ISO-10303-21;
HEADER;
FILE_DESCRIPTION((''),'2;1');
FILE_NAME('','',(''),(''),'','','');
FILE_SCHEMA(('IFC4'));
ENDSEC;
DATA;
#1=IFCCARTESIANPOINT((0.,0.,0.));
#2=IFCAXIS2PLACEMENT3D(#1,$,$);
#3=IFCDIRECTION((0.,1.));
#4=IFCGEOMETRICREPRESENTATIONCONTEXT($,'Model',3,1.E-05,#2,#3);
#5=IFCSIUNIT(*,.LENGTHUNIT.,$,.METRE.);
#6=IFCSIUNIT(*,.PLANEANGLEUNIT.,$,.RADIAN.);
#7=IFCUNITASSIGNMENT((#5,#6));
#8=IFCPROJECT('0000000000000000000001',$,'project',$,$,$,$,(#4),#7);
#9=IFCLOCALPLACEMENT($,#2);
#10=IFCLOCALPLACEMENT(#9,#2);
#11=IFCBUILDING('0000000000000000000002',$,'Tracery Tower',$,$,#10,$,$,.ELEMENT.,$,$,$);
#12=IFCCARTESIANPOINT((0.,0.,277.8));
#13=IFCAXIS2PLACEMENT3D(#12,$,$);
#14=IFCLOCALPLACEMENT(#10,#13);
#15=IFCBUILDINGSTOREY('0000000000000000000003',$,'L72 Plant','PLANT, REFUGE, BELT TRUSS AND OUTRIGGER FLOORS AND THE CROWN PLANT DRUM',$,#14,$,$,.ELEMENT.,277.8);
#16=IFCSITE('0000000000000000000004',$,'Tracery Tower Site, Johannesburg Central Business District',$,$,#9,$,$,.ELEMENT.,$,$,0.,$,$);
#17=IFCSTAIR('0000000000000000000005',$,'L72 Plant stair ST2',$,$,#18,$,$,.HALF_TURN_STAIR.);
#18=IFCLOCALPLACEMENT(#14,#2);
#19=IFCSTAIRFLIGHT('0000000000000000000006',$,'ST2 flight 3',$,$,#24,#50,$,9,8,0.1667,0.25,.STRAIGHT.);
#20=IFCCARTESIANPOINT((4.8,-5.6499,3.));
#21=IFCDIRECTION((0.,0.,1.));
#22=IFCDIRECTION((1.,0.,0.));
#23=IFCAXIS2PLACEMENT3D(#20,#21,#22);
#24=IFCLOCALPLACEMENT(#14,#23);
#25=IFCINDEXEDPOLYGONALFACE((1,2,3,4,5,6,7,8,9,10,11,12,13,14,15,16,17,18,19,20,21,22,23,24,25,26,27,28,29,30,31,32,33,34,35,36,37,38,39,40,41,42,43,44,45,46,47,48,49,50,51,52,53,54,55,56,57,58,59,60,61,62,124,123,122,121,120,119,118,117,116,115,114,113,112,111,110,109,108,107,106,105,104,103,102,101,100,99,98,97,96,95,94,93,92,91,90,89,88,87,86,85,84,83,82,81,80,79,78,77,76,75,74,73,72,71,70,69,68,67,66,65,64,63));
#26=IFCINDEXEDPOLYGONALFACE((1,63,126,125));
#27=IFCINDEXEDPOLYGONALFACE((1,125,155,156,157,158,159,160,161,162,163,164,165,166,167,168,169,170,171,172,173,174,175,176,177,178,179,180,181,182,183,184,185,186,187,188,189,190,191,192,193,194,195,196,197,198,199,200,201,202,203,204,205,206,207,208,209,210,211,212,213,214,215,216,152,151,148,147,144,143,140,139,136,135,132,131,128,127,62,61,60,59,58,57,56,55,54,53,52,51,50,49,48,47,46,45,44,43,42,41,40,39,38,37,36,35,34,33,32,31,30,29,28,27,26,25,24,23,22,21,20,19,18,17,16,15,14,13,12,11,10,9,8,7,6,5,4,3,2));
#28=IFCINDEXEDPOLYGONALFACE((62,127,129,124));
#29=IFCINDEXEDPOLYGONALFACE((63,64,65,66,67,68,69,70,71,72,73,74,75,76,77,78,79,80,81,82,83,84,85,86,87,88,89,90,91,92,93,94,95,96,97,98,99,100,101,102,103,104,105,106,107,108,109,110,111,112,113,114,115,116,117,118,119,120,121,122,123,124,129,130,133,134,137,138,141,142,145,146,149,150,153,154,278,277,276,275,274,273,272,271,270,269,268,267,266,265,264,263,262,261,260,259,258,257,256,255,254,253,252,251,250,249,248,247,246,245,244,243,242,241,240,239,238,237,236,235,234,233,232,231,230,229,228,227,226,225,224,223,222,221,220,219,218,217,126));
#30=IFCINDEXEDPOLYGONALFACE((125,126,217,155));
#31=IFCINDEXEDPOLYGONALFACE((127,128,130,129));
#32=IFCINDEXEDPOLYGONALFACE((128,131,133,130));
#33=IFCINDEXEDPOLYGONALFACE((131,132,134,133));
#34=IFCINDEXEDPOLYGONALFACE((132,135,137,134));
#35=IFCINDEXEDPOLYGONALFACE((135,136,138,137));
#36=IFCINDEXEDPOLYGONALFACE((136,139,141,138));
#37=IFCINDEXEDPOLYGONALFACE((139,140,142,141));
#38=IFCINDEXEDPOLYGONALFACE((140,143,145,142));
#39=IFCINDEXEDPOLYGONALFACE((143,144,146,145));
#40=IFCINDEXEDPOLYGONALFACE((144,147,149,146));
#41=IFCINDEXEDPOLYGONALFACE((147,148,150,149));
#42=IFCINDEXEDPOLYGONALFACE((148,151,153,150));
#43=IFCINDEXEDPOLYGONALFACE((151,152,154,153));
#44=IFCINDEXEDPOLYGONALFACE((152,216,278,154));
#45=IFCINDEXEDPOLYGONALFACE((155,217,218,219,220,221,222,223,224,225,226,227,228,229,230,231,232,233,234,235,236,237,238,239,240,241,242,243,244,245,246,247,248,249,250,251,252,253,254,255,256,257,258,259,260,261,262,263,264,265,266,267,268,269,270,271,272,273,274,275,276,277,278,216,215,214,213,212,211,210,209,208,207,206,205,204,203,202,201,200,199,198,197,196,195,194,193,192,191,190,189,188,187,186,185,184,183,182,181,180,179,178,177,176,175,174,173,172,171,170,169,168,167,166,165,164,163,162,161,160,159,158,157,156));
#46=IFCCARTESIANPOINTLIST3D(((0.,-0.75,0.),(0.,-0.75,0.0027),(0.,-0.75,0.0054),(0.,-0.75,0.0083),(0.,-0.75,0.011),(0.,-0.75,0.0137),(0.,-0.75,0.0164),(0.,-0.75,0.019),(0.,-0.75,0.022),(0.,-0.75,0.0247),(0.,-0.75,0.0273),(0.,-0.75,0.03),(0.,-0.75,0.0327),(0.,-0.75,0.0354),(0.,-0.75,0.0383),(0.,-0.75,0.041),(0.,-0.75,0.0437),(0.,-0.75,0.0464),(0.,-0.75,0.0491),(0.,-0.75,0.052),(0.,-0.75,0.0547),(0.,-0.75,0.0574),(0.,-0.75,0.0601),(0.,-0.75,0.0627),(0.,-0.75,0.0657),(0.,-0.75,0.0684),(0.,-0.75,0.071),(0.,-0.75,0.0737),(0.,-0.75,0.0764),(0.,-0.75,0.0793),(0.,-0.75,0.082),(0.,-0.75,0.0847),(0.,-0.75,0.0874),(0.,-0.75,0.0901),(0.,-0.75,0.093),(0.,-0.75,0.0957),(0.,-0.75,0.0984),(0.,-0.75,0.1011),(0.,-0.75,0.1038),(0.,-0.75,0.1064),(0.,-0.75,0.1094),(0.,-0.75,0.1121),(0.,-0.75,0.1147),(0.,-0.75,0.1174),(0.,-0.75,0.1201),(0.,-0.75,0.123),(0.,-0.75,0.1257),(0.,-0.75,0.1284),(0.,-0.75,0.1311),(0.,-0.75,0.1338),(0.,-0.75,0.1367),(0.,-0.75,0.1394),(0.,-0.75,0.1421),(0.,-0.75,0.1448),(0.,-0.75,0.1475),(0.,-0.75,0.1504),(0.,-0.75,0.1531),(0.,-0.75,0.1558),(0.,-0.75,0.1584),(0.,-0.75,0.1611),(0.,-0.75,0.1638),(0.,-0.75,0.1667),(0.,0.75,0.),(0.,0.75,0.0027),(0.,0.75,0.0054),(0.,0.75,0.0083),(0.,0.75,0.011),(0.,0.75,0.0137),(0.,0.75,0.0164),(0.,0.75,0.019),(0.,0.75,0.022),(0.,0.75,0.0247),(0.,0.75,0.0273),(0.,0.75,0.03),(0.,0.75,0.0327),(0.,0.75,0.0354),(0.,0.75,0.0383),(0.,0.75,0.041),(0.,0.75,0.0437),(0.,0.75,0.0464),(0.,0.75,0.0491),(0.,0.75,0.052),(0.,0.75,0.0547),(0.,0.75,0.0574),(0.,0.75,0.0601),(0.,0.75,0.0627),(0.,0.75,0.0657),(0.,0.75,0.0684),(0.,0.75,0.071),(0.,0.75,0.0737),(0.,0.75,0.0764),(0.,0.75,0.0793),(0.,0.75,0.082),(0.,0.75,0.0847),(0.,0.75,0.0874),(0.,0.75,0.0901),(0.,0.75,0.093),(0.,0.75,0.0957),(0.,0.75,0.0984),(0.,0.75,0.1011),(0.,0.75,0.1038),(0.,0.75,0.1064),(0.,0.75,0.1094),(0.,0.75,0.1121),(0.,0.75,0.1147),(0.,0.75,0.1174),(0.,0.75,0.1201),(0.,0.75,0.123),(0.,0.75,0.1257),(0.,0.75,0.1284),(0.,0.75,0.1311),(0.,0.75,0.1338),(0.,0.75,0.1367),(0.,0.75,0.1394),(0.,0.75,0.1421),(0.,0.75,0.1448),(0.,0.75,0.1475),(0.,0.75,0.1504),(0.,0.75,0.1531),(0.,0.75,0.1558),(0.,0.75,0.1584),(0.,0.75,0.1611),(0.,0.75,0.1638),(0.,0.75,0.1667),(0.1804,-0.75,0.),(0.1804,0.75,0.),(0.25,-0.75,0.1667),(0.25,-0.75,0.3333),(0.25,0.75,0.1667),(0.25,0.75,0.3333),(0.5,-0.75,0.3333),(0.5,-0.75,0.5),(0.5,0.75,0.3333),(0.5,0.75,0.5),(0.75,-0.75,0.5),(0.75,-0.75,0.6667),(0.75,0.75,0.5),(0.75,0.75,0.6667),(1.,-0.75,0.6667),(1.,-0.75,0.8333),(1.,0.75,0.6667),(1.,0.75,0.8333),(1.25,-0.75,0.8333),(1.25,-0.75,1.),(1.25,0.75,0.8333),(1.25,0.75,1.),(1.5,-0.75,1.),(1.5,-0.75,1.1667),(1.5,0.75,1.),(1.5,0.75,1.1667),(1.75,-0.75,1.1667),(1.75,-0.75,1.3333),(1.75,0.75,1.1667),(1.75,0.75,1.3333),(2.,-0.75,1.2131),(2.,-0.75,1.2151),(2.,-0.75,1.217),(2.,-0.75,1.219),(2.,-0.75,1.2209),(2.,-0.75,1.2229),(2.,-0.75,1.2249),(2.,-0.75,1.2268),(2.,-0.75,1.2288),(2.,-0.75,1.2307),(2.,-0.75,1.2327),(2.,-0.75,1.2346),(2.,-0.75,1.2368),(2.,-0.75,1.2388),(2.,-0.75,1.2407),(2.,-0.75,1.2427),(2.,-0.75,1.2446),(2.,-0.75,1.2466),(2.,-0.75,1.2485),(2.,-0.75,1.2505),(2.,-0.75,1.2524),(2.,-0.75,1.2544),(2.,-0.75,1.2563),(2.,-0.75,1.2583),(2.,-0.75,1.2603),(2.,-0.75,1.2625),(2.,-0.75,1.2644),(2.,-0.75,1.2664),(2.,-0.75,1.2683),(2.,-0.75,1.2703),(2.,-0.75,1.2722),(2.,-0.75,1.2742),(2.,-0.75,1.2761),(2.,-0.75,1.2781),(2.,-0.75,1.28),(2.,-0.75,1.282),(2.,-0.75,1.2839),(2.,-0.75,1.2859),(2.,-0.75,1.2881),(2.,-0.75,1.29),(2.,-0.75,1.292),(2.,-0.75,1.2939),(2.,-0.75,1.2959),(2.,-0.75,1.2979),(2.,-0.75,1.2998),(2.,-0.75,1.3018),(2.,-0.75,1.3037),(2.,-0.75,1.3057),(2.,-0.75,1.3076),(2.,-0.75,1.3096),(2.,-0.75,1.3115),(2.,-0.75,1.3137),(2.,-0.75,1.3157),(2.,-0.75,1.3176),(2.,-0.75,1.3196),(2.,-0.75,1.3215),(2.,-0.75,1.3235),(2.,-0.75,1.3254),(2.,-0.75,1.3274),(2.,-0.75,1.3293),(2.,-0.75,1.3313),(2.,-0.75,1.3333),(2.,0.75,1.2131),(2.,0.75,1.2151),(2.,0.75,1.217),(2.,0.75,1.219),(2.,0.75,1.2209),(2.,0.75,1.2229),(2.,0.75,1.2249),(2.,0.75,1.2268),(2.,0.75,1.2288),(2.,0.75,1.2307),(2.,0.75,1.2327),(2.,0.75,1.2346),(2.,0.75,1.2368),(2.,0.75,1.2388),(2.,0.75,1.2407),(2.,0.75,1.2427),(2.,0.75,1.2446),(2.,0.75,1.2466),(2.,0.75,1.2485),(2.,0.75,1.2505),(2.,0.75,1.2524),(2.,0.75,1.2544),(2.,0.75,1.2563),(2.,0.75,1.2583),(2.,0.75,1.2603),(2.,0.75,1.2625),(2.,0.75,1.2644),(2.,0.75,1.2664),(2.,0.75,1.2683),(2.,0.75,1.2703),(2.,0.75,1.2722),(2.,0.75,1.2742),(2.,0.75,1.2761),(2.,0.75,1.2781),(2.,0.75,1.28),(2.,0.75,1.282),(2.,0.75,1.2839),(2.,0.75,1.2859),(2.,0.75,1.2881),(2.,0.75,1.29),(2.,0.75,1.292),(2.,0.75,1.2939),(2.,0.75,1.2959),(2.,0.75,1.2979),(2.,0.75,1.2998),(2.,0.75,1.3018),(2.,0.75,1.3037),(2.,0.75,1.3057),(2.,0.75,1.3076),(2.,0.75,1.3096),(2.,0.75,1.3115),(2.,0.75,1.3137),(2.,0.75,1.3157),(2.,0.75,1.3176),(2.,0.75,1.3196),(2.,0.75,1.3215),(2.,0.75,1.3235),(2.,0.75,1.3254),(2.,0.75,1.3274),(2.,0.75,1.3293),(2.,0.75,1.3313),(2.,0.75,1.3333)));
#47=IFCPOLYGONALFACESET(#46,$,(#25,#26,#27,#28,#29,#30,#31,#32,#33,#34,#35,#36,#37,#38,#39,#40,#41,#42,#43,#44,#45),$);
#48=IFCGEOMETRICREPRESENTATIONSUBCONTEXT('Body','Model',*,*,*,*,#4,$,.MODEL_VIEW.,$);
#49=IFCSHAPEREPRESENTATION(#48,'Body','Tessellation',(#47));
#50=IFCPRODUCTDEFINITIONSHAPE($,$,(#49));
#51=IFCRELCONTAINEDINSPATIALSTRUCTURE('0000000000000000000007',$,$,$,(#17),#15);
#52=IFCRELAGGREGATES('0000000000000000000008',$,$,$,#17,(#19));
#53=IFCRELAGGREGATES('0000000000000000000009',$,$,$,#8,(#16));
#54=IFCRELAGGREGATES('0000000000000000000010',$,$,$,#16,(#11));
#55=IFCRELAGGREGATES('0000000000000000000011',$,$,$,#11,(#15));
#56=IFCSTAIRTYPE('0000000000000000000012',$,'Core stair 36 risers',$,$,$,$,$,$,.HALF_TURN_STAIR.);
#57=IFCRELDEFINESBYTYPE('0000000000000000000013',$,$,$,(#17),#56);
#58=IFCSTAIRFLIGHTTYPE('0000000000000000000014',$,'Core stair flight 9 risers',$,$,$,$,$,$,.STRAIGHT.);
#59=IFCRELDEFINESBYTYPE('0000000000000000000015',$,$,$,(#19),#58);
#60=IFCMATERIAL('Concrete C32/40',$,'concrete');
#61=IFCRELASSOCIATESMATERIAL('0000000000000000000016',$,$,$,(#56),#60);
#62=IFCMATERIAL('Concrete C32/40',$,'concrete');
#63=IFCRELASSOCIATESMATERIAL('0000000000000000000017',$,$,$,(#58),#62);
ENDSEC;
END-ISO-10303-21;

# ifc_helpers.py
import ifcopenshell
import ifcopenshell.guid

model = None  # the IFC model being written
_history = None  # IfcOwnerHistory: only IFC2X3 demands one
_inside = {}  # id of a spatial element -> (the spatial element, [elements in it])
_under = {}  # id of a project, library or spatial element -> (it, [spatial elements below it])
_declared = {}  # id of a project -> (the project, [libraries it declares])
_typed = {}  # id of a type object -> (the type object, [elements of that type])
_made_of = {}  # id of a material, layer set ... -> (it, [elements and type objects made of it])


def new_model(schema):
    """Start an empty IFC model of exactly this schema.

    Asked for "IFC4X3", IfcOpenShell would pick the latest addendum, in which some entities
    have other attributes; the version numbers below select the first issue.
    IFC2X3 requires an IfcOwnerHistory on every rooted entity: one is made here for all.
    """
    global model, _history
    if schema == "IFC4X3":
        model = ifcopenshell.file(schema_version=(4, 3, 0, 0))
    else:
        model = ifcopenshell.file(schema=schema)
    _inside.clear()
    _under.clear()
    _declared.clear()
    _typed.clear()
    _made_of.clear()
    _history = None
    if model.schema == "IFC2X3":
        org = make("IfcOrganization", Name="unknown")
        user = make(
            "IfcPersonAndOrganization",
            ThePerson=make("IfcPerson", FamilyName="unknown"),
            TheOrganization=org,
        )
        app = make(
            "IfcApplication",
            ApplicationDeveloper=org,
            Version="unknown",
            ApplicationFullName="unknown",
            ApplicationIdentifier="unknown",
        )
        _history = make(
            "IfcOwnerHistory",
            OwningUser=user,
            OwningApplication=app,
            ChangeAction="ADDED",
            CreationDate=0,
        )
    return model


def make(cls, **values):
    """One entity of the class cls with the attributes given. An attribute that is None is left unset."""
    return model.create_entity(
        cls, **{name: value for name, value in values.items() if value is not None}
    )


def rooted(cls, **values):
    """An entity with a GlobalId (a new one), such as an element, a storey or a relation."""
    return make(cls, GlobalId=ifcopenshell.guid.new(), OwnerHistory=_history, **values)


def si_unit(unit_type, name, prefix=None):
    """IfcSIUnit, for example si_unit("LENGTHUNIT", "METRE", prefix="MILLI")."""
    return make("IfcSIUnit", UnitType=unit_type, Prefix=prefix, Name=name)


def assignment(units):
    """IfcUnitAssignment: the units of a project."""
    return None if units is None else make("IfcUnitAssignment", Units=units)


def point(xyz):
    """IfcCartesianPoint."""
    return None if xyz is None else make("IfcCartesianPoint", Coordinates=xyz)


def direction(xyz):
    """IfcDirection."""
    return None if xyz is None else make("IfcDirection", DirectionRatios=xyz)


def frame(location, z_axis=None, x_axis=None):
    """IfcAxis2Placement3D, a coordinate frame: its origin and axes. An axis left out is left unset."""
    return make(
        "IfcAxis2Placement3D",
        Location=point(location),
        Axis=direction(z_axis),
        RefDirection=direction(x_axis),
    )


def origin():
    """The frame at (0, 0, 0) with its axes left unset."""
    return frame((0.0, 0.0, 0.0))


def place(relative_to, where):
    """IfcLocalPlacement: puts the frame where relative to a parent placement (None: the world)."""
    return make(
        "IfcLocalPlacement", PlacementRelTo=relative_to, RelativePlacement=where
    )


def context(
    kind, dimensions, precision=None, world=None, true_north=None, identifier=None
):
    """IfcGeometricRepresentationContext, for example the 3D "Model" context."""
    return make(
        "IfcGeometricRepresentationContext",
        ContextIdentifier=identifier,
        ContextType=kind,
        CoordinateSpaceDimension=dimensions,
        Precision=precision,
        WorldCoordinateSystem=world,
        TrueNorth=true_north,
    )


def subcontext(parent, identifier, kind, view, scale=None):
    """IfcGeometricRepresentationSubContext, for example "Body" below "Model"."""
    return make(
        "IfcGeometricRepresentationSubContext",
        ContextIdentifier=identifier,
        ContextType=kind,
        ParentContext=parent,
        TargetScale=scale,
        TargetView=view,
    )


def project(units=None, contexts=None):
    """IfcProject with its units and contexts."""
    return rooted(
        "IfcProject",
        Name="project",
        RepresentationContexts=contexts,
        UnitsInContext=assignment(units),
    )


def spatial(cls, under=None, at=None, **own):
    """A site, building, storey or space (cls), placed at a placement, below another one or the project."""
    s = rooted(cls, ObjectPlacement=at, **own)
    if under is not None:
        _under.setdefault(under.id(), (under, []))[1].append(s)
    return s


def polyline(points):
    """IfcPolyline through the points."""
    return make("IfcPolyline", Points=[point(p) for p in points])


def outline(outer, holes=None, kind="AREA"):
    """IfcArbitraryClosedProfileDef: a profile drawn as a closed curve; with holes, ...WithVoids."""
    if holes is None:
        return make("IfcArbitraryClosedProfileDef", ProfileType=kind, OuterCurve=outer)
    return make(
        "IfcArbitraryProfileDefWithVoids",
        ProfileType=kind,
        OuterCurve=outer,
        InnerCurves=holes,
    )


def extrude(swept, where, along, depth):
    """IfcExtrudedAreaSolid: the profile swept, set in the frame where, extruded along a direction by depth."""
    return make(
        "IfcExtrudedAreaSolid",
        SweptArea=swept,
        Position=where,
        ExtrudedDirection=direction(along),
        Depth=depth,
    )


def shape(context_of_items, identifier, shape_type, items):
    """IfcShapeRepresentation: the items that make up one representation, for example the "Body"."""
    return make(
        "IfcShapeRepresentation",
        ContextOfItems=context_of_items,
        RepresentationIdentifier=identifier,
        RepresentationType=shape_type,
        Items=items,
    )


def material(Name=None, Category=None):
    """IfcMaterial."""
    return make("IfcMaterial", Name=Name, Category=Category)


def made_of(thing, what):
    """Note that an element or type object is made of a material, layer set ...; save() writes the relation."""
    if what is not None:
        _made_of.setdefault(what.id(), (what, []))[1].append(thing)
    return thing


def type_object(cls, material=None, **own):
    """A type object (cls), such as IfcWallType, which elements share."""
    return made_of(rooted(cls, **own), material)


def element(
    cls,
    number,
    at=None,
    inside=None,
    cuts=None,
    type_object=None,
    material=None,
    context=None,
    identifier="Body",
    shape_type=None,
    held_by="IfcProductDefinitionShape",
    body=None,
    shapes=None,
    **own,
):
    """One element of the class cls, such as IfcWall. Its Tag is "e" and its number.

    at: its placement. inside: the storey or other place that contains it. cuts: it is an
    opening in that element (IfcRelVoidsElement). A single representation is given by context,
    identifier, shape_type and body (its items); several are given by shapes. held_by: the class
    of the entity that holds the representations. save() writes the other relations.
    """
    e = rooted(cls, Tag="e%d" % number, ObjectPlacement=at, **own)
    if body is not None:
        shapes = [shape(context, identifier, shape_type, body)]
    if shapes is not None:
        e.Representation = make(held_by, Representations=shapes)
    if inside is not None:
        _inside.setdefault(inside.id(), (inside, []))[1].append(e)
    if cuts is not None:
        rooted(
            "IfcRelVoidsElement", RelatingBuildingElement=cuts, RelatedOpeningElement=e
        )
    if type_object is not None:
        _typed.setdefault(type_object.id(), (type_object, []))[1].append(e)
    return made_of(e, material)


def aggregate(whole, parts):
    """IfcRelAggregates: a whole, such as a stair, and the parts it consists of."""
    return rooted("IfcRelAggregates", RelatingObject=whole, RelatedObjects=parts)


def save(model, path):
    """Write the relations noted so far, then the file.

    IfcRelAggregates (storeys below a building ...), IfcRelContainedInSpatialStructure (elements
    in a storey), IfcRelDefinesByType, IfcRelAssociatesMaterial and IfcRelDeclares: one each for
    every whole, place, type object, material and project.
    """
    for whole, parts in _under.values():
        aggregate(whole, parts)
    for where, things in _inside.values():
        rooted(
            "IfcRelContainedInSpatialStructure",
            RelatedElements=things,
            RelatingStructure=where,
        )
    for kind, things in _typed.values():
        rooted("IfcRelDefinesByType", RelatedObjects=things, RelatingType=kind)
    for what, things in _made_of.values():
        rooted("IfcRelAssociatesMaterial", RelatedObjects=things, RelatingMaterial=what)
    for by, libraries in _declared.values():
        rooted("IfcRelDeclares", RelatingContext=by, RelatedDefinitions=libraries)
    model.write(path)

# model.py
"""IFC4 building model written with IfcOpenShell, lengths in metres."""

from ifc_helpers import new_model, si_unit, direction, frame, origin, place, context, subcontext, project, spatial, polyline, outline, extrude, material, type_object, element, aggregate, save


model = new_model("IFC4")

# Units and contexts
model_context = context("Model", 3, precision=1e-05, world=origin(), true_north=direction((0.0, 1.0)))
body_context = subcontext(model_context, "Body", "Model", "MODEL_VIEW")
ifc_project = project(units=[si_unit("LENGTHUNIT", "METRE"), si_unit("PLANEANGLEUNIT", "RADIAN")], contexts=[model_context])

# Site, building, storey
site_placement = place(None, origin())
site = spatial("IfcSite", under=ifc_project, at=site_placement, Name="Tracery Tower Site, Johannesburg Central Business District", CompositionType="ELEMENT", RefElevation=0.0)
building_placement = place(site_placement, origin())
building = spatial("IfcBuilding", under=site, at=building_placement, Name="Tracery Tower", CompositionType="ELEMENT")
storey_placement = place(building_placement, frame((0.0, 0.0, 277.8)))
storey = spatial("IfcBuildingStorey", under=building, at=storey_placement, Name="L72 Plant", Description="PLANT, REFUGE, BELT TRUSS AND OUTRIGGER FLOORS AND THE CROWN PLANT DRUM", CompositionType="ELEMENT", Elevation=277.8)

# Stair, stair flight
ifc_material_1 = material(Name="Concrete C32/40", Category="concrete")
stair_type = type_object("IfcStairType", Name="Core stair 36 risers", PredefinedType="HALF_TURN_STAIR", material=ifc_material_1)
stair_placement = place(storey_placement, origin())
stair = element("IfcStair", 1, at=stair_placement, inside=storey, type_object=stair_type, Name="L72 Plant stair ST2", PredefinedType="HALF_TURN_STAIR")
ifc_material_2 = material(Name="Concrete C32/40", Category="concrete")
stair_flight_type = type_object("IfcStairFlightType", Name="Core stair flight 9 risers", PredefinedType="STRAIGHT", material=ifc_material_2)
stair_flight_1_placement = place(storey_placement, frame((4.8, -5.6499, 3.0), z_axis=(0.0, 0.0, 1.0), x_axis=(1.0, 0.0, 0.0)))
stair_flight_1 = element("IfcStairFlight", 2, at=stair_flight_1_placement, type_object=stair_flight_type, Name="ST2 flight 3", NumberOfRisers=9, NumberOfTreads=8, PredefinedType="STRAIGHT", RiserHeight=0.1667, TreadLength=0.25, context=body_context, shape_type="SweptSolid", body=[
    extrude(outline(polyline([(0.0, 0.0), (0.0, 0.0027), (0.0, 0.0054), (0.0, 0.0083), (0.0, 0.011), (0.0, 0.0137), (0.0, 0.0164), (0.0, 0.019), (0.0, 0.022), (0.0, 0.0247), (0.0, 0.0273), (0.0, 0.03), (0.0, 0.0327), (0.0, 0.0354), (0.0, 0.0383), (0.0, 0.041), (0.0, 0.0437), (0.0, 0.0464), (0.0, 0.0491), (0.0, 0.052), (0.0, 0.0547), (0.0, 0.0574), (0.0, 0.0601), (0.0, 0.0627), (0.0, 0.0657), (0.0, 0.0684), (0.0, 0.071), (0.0, 0.0737), (0.0, 0.0764), (0.0, 0.0793), (0.0, 0.082), (0.0, 0.0847), (0.0, 0.0874), (0.0, 0.0901), (0.0, 0.093), (0.0, 0.0957), (0.0, 0.0984), (0.0, 0.1011), (0.0, 0.1038), (0.0, 0.1064), (0.0, 0.1094), (0.0, 0.1121), (0.0, 0.1147), (0.0, 0.1174), (0.0, 0.1201), (0.0, 0.123), (0.0, 0.1257), (0.0, 0.1284), (0.0, 0.1311), (0.0, 0.1338), (0.0, 0.1367), (0.0, 0.1394), (0.0, 0.1421), (0.0, 0.1448), (0.0, 0.1475), (0.0, 0.1504), (0.0, 0.1531), (0.0, 0.1558), (0.0, 0.1584), (0.0, 0.1611), (0.0, 0.1638), (0.0, 0.1667), (0.25, 0.1667), (0.25, 0.3333), (0.5, 0.3333), (0.5, 0.5), (0.75, 0.5), (0.75, 0.6667), (1.0, 0.6667), (1.0, 0.8333), (1.25, 0.8333), (1.25, 1.0), (1.5, 1.0), (1.5, 1.1667), (1.75, 1.1667), (1.75, 1.3333), (2.0, 1.3333), (2.0, 1.3313), (2.0, 1.3293), (2.0, 1.3274), (2.0, 1.3254), (2.0, 1.3235), (2.0, 1.3215), (2.0, 1.3196), (2.0, 1.3176), (2.0, 1.3157), (2.0, 1.3137), (2.0, 1.3115), (2.0, 1.3096), (2.0, 1.3076), (2.0, 1.3057), (2.0, 1.3037), (2.0, 1.3018), (2.0, 1.2998), (2.0, 1.2979), (2.0, 1.2959), (2.0, 1.2939), (2.0, 1.292), (2.0, 1.29), (2.0, 1.2881), (2.0, 1.2859), (2.0, 1.2839), (2.0, 1.282), (2.0, 1.28), (2.0, 1.2781), (2.0, 1.2761), (2.0, 1.2742), (2.0, 1.2722), (2.0, 1.2703), (2.0, 1.2683), (2.0, 1.2664), (2.0, 1.2644), (2.0, 1.2625), (2.0, 1.2603), (2.0, 1.2583), (2.0, 1.2563), (2.0, 1.2544), (2.0, 1.2524), (2.0, 1.2505), (2.0, 1.2485), (2.0, 1.2466), (2.0, 1.2446), (2.0, 1.2427), (2.0, 1.2407), (2.0, 1.2388), (2.0, 1.2368), (2.0, 1.2346), (2.0, 1.2327), (2.0, 1.2307), (2.0, 1.2288), (2.0, 1.2268), (2.0, 1.2249), (2.0, 1.2229), (2.0, 1.2209), (2.0, 1.219), (2.0, 1.217), (2.0, 1.2151), (2.0, 1.2131), (0.1804, 0.0), (0.0, 0.0)])), frame((0.0, 0.75, 0.0), z_axis=(0.0, -1.0, 0.0), x_axis=(1.0, 0.0, 0.0)), (0.0, 0.0, 1.0), 1.5),
])
aggregate(stair, [stair_flight_1])

save(model, "model.ifc")
